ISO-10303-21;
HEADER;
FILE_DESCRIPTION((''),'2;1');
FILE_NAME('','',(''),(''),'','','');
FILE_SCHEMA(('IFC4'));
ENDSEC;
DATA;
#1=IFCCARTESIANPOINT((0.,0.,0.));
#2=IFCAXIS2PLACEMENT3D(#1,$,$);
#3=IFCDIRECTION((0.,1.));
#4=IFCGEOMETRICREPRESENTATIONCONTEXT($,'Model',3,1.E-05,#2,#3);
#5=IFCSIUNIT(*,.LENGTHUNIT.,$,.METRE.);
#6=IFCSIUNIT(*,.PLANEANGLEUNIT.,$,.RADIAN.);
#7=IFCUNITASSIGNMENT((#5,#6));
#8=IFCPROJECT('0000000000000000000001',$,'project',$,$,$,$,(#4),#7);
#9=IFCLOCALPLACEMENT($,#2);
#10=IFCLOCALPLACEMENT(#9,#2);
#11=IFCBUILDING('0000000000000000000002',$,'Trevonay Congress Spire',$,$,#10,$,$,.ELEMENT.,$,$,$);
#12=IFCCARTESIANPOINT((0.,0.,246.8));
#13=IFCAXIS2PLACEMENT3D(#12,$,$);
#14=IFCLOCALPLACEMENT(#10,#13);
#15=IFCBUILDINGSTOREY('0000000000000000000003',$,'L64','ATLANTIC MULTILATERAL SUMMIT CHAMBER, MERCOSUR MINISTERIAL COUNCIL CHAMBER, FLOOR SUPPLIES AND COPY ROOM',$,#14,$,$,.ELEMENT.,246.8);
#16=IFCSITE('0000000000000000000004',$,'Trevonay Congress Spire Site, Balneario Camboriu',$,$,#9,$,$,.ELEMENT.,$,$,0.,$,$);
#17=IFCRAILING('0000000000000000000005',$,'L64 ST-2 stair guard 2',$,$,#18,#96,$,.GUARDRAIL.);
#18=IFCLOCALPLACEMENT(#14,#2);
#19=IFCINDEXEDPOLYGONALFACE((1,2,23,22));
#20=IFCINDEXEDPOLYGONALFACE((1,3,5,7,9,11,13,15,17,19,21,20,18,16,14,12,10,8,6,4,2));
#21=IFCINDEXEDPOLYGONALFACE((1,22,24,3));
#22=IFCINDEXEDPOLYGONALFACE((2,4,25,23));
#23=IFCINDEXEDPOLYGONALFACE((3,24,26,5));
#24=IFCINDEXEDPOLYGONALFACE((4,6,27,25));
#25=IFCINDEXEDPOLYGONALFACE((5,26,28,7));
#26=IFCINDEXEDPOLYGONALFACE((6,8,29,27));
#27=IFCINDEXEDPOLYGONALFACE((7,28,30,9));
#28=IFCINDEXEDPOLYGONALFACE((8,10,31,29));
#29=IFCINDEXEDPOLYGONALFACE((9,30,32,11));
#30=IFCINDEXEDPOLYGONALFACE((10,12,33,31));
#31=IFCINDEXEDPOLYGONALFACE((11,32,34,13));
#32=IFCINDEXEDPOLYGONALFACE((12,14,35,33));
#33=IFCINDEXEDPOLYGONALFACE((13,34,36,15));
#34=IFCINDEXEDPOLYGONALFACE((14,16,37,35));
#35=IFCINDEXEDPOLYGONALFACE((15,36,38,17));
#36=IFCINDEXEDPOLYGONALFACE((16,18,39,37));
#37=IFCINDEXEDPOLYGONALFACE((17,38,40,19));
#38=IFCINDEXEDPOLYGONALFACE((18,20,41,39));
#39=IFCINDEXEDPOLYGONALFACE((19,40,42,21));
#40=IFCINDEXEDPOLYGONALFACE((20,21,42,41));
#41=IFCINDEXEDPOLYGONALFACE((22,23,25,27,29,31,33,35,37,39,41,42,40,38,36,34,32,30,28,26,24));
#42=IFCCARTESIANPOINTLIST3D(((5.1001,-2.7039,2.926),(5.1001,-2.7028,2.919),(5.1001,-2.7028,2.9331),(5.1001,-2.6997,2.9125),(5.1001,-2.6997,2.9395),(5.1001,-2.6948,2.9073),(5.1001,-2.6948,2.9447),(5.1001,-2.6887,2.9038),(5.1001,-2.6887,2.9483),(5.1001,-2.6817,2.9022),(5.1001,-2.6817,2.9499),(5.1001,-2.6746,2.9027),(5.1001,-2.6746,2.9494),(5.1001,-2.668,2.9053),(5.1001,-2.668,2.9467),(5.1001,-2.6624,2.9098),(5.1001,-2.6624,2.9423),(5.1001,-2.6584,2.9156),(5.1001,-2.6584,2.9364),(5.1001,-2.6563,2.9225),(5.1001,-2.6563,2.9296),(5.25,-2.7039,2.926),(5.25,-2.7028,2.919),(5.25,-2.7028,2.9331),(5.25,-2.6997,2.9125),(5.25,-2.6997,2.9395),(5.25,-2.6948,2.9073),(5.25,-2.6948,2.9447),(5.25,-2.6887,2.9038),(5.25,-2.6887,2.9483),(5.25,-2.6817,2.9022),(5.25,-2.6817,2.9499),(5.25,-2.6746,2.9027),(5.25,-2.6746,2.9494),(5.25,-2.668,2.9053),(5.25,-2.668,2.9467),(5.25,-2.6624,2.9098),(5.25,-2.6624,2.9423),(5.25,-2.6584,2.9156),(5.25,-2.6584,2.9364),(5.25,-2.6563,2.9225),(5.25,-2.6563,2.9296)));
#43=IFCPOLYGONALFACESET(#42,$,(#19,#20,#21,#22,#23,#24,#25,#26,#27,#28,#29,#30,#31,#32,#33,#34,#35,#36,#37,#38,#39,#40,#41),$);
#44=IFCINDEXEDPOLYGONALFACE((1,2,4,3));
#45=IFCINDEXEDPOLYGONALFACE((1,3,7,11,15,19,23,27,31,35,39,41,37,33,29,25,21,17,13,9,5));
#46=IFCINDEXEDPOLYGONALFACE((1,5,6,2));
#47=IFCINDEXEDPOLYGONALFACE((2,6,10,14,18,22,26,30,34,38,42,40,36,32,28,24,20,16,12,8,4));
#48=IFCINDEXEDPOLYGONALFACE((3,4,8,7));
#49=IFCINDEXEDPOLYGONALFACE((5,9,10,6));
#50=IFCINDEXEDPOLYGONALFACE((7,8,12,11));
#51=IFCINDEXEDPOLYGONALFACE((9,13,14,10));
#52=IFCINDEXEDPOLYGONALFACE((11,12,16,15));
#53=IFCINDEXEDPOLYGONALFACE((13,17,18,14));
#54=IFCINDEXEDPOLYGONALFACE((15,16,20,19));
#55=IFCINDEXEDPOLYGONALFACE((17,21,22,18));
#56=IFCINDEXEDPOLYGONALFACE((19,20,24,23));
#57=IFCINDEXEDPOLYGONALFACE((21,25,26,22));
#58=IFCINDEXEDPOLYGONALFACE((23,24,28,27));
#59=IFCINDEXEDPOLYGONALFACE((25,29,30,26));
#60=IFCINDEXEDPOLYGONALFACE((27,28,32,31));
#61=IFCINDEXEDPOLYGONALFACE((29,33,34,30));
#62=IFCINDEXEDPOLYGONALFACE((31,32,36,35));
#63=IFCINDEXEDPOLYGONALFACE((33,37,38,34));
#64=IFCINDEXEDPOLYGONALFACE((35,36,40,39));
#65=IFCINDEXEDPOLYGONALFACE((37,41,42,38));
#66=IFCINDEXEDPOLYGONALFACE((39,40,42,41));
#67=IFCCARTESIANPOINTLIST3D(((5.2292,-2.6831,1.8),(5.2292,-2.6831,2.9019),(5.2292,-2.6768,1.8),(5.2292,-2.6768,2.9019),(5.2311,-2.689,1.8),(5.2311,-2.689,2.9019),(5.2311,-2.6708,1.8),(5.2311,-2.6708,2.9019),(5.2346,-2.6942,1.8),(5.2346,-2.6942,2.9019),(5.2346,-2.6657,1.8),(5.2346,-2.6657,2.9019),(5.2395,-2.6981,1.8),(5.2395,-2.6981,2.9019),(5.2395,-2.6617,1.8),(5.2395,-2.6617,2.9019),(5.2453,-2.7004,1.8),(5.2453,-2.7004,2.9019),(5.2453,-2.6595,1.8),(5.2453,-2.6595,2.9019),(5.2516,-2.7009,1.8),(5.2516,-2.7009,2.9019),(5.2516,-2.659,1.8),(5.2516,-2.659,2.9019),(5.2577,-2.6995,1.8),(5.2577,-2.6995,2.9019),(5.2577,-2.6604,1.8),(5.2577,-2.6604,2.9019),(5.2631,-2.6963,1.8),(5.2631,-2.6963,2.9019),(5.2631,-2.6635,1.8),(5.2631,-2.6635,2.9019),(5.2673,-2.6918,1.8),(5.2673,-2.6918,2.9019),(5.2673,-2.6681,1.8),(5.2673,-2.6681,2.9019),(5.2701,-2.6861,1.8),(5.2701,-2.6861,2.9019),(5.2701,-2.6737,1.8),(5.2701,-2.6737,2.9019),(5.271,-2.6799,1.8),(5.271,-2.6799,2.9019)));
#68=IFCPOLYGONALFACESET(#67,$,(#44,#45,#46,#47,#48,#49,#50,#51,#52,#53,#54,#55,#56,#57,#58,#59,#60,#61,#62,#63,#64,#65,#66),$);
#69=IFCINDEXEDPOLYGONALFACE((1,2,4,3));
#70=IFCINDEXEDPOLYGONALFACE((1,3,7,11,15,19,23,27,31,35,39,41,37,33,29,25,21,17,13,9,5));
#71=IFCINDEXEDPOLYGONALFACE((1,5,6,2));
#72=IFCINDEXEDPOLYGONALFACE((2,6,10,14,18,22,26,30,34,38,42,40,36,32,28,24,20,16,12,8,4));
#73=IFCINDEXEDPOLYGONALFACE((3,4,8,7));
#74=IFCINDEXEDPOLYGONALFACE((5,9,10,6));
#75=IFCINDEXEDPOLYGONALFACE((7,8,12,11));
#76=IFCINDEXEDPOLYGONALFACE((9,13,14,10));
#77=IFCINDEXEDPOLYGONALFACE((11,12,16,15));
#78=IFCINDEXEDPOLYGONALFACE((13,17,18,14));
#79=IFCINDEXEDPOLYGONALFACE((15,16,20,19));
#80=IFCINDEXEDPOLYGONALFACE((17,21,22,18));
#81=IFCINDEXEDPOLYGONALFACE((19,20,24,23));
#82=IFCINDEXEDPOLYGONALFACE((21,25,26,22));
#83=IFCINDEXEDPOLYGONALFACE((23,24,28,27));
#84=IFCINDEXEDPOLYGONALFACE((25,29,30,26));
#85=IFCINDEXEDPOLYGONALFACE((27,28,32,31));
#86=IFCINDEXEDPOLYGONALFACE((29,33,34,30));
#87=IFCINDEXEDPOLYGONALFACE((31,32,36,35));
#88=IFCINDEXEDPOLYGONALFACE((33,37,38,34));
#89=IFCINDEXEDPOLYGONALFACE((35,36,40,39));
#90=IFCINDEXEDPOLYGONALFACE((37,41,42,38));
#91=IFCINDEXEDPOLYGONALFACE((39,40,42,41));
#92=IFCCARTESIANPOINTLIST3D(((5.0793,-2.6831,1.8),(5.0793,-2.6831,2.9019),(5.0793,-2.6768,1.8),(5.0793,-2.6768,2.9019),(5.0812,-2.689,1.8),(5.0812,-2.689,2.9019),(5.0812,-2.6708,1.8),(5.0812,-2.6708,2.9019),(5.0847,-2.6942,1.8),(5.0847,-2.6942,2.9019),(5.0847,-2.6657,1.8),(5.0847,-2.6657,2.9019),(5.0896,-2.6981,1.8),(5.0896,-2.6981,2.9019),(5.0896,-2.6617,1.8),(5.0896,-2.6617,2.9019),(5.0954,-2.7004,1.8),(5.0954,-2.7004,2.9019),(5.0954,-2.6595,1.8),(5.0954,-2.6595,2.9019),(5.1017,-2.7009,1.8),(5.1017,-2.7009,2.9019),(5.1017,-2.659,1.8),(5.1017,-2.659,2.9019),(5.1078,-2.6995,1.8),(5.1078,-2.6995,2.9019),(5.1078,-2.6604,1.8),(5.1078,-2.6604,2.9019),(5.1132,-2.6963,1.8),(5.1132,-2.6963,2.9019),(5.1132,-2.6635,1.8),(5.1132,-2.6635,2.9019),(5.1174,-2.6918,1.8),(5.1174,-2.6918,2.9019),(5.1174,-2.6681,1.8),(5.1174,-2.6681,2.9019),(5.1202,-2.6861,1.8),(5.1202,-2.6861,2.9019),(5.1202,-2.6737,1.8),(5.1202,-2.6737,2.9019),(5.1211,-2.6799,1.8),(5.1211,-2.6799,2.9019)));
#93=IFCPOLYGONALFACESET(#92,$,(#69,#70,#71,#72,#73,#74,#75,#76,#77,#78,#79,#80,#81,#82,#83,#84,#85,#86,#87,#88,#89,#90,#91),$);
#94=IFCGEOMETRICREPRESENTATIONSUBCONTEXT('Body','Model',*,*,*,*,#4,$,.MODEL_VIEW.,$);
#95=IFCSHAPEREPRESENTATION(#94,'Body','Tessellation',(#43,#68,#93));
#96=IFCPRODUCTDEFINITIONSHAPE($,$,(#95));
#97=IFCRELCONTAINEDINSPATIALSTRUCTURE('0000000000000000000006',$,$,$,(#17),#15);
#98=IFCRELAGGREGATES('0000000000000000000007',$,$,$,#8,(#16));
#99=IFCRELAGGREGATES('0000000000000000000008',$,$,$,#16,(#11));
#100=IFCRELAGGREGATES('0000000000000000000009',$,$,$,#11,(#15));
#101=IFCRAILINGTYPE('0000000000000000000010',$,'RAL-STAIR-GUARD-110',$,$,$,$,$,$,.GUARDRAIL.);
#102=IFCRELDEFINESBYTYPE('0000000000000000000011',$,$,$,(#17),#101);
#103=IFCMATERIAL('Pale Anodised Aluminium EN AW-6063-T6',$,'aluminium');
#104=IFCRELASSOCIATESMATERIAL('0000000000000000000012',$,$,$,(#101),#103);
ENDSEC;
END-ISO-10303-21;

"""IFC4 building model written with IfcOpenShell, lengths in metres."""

from ifc_helpers import new_model, si_unit, direction, frame, origin, origin_2d, place, context, subcontext, project, spatial, circle, extrude, material, type_object, element, save


model = new_model("IFC4")

# Units and contexts
model_context = context("Model", 3, precision=1e-05, world=origin(), true_north=direction((0.0, 1.0)))
body_context = subcontext(model_context, "Body", "Model", "MODEL_VIEW")
ifc_project = project(units=[si_unit("LENGTHUNIT", "METRE"), si_unit("PLANEANGLEUNIT", "RADIAN")], contexts=[model_context])

# Site, building, storey
site_placement = place(None, origin())
site = spatial("IfcSite", under=ifc_project, at=site_placement, Name="Trevonay Congress Spire Site, Balneario Camboriu", CompositionType="ELEMENT", RefElevation=0.0)
building_placement = place(site_placement, origin())
building = spatial("IfcBuilding", under=site, at=building_placement, Name="Trevonay Congress Spire", CompositionType="ELEMENT")
storey_placement = place(building_placement, frame((0.0, 0.0, 246.8)))
storey = spatial("IfcBuildingStorey", under=building, at=storey_placement, Name="L64", Description="ATLANTIC MULTILATERAL SUMMIT CHAMBER, MERCOSUR MINISTERIAL COUNCIL CHAMBER, FLOOR SUPPLIES AND COPY ROOM", CompositionType="ELEMENT", Elevation=246.8)

# Shared definitions
ifc_material_1 = material(Name="Pale Anodised Aluminium EN AW-6063-T6", Category="aluminium")

# Railing
railing_type_1 = type_object("IfcRailingType", Name="RAL-STAIR-GUARD-110", PredefinedType="GUARDRAIL", material=ifc_material_1)
railing_1_placement = place(storey_placement, frame((5.25, -2.6799, 1.8)))
element("IfcRailing", 1, at=railing_1_placement, inside=storey, type_object=railing_type_1, Name="L64 ST-2 stair guard 2", PredefinedType="GUARDRAIL", context=body_context, shape_type="SweptSolid", body=[
    extrude(circle(Radius=0.0239, at=origin_2d()), frame((0.0, 0.0, 1.126), z_axis=(-1.0, 0.0, 0.0), x_axis=(0.0, -1.0, 0.0)), (0.0, 0.0, 1.0), 0.1499),
    extrude(circle(Radius=0.021, at=origin_2d()), origin(), (0.0, 0.0, 1.0), 1.1018),
    extrude(circle(Radius=0.021, at=origin_2d()), frame((-0.1499, 0.0, 0.0)), (0.0, 0.0, 1.0), 1.1018),
])

save(model, "model.ifc")
